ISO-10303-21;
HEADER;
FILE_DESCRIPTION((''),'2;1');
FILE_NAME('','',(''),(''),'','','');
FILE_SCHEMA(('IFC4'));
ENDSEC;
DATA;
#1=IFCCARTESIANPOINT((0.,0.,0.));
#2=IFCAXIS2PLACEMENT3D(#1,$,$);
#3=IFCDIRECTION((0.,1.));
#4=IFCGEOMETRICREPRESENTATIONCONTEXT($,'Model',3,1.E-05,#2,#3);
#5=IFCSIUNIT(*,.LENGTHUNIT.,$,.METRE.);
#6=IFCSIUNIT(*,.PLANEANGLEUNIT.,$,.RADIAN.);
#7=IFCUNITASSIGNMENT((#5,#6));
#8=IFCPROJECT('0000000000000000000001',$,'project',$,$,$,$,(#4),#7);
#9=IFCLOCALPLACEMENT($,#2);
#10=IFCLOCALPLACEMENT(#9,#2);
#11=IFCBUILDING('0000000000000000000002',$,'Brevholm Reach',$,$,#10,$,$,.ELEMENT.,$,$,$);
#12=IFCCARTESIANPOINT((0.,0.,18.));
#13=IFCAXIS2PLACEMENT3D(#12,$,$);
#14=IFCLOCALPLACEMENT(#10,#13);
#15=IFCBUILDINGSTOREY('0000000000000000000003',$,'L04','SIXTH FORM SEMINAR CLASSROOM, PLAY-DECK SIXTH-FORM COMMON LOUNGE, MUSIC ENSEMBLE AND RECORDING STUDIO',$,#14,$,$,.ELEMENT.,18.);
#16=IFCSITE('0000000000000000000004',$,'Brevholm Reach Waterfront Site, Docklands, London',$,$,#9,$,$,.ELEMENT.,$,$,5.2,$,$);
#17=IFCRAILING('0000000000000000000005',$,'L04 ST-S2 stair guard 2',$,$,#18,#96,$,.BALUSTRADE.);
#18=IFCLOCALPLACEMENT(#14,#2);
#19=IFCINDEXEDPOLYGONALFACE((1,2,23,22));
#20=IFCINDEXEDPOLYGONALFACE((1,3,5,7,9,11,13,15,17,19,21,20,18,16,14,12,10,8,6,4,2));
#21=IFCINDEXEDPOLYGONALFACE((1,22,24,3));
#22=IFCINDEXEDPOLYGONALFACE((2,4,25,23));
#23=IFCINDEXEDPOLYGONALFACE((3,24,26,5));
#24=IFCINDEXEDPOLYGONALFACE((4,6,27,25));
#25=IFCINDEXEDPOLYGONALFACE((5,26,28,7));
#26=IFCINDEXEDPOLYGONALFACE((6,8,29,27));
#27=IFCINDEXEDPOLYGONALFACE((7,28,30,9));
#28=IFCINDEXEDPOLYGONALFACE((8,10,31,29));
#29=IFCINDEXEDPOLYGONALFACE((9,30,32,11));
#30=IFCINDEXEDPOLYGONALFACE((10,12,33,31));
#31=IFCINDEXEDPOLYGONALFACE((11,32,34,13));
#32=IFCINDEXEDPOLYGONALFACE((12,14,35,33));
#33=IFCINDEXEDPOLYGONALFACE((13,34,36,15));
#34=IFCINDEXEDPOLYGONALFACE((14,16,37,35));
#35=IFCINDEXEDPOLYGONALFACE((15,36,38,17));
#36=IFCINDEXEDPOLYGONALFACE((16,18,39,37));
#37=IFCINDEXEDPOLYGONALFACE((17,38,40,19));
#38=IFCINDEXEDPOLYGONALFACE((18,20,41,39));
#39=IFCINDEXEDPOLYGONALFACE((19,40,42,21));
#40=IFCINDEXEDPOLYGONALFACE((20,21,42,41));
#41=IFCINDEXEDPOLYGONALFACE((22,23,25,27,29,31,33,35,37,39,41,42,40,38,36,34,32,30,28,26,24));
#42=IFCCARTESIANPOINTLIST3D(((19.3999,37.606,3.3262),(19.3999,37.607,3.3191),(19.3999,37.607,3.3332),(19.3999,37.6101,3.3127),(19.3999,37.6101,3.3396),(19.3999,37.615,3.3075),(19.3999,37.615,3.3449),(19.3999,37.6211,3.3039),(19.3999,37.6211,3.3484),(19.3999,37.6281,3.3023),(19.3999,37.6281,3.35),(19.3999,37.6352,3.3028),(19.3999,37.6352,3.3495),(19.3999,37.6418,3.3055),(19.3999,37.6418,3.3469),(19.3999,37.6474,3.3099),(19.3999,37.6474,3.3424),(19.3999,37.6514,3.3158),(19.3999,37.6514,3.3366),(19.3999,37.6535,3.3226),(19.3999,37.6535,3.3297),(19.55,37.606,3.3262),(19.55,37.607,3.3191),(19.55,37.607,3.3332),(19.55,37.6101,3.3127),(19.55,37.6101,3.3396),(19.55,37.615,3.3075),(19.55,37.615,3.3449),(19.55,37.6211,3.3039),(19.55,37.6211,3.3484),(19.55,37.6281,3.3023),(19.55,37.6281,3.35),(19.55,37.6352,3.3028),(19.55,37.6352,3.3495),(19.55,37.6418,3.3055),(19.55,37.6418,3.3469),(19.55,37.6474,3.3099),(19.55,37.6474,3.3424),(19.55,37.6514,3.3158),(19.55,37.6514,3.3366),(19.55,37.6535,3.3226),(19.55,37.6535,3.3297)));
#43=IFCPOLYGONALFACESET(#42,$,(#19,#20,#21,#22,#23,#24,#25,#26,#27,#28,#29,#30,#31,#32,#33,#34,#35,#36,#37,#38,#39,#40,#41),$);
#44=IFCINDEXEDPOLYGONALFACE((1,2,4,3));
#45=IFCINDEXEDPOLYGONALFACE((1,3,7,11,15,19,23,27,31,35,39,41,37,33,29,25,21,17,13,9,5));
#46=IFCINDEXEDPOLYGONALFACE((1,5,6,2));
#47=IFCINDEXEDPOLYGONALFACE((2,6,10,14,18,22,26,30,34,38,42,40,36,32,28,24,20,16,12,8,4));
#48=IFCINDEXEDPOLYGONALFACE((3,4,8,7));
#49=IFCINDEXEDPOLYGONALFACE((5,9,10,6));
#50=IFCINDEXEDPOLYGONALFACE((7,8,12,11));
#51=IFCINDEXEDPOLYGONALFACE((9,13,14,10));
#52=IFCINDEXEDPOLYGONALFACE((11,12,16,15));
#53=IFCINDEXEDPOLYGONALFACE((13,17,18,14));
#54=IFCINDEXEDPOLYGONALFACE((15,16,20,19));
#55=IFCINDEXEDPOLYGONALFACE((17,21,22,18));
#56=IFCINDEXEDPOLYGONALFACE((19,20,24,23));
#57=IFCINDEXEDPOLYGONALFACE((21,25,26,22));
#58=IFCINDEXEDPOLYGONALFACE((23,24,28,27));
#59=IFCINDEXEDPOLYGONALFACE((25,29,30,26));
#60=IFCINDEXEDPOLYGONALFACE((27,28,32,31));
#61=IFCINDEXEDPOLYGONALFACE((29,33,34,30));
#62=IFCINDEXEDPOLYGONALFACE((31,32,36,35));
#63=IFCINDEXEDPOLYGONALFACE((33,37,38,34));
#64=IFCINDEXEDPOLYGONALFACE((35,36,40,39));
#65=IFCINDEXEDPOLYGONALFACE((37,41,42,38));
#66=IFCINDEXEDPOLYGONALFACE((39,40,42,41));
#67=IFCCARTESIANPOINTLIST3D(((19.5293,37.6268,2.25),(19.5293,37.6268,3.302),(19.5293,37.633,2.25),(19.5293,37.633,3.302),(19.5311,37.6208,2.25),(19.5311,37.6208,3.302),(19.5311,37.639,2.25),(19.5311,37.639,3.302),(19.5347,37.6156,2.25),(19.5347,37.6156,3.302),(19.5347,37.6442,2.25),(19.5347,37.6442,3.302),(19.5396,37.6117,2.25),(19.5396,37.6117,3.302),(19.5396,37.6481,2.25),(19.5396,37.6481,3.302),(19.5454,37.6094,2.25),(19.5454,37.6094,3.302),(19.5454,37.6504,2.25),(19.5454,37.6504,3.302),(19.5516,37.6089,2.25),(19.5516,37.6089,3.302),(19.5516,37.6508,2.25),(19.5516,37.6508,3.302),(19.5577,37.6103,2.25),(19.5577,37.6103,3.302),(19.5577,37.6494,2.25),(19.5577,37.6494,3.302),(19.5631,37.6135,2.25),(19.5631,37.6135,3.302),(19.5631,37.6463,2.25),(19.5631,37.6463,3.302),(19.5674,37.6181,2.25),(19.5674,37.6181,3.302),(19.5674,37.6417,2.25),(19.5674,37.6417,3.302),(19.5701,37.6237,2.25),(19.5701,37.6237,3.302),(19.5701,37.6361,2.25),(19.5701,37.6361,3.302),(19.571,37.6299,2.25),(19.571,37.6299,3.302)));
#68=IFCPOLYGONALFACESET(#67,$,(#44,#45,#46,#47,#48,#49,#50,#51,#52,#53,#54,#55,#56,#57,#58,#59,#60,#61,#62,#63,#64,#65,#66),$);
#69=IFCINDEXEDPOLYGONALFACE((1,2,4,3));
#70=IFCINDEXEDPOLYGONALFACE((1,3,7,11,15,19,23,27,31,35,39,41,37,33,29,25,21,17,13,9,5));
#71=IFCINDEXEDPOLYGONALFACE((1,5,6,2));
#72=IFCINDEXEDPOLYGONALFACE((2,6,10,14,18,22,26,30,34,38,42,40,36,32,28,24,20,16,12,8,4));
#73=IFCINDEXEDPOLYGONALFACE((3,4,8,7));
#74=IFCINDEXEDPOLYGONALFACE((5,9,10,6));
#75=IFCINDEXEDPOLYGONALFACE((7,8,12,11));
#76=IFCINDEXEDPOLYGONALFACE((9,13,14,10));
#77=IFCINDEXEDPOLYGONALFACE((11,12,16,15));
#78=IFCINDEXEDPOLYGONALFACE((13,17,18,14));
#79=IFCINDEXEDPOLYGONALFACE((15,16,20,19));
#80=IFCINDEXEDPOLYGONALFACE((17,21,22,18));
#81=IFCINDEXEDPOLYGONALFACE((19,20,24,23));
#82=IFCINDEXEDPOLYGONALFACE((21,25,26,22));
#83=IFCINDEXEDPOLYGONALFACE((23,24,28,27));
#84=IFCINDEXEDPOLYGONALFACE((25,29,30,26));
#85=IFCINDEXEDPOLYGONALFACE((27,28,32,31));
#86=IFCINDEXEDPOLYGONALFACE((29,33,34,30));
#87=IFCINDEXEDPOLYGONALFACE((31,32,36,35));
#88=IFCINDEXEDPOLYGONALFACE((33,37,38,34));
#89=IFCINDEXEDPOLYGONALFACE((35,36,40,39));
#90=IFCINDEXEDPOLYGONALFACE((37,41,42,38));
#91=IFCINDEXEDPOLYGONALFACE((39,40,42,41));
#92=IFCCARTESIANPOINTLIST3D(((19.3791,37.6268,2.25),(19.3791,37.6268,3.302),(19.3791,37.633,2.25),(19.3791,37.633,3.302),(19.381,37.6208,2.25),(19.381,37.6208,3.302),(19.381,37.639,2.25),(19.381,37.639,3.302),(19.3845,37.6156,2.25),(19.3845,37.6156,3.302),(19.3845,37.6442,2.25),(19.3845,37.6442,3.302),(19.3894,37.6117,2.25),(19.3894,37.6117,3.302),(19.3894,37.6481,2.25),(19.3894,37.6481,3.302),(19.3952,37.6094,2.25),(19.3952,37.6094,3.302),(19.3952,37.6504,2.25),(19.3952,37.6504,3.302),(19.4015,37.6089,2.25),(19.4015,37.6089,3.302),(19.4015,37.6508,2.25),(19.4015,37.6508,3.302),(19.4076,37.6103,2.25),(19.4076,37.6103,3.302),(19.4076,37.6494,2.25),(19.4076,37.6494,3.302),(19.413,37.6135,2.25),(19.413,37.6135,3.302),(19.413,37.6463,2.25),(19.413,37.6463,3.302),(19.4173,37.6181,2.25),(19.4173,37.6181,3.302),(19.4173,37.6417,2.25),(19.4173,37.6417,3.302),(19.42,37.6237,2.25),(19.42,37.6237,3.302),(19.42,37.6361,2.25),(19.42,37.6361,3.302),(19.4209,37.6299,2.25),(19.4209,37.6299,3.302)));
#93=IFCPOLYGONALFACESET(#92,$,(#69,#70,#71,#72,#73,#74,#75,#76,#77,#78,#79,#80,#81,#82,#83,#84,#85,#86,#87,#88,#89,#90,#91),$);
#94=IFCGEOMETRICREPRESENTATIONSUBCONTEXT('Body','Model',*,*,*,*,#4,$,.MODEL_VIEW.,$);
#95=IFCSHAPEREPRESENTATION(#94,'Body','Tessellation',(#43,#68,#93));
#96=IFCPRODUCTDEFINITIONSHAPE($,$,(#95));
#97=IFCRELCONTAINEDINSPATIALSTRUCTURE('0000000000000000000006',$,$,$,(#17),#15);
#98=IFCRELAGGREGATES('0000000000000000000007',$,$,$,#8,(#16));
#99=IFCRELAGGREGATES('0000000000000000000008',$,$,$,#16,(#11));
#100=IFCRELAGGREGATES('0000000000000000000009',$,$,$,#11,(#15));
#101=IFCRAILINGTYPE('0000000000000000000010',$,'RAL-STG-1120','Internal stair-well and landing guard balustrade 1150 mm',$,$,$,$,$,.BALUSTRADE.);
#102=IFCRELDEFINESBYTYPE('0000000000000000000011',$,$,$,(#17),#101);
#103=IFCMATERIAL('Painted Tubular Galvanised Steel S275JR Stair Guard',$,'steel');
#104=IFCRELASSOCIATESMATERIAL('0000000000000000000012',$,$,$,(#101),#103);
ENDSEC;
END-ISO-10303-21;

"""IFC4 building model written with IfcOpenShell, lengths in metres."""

from ifc_helpers import new_model, si_unit, direction, frame, origin, origin_2d, place, context, subcontext, project, spatial, circle, extrude, material, type_object, element, save


model = new_model("IFC4")

# Units and contexts
model_context = context("Model", 3, precision=1e-05, world=origin(), true_north=direction((0.0, 1.0)))
body_context = subcontext(model_context, "Body", "Model", "MODEL_VIEW")
ifc_project = project(units=[si_unit("LENGTHUNIT", "METRE"), si_unit("PLANEANGLEUNIT", "RADIAN")], contexts=[model_context])

# Site, building, storey
site_placement = place(None, origin())
site = spatial("IfcSite", under=ifc_project, at=site_placement, Name="Brevholm Reach Waterfront Site, Docklands, London", CompositionType="ELEMENT", RefElevation=5.2)
building_placement = place(site_placement, origin())
building = spatial("IfcBuilding", under=site, at=building_placement, Name="Brevholm Reach", CompositionType="ELEMENT")
storey_placement = place(building_placement, frame((0.0, 0.0, 18.0)))
storey = spatial("IfcBuildingStorey", under=building, at=storey_placement, Name="L04", Description="SIXTH FORM SEMINAR CLASSROOM, PLAY-DECK SIXTH-FORM COMMON LOUNGE, MUSIC ENSEMBLE AND RECORDING STUDIO", CompositionType="ELEMENT", Elevation=18.0)

# Railing
ifc_material_1 = material(Name="Painted Tubular Galvanised Steel S275JR Stair Guard", Category="steel")
railing_type_1 = type_object("IfcRailingType", Name="RAL-STG-1120", Description="Internal stair-well and landing guard balustrade 1150 mm", PredefinedType="BALUSTRADE", material=ifc_material_1)
railing_1_placement = place(storey_placement, frame((19.55, 37.6299, 2.25)))
element("IfcRailing", 1, at=railing_1_placement, inside=storey, type_object=railing_type_1, Name="L04 ST-S2 stair guard 2", PredefinedType="BALUSTRADE", context=body_context, shape_type="SweptSolid", body=[
    extrude(circle(Radius=0.0239, at=origin_2d()), frame((0.0, 0.0, 1.0762), z_axis=(-1.0, 0.0, 0.0), x_axis=(0.0, -1.0, 0.0)), (0.0, 0.0, 1.0), 0.1501),
    extrude(circle(Radius=0.021, at=origin_2d()), origin(), (0.0, 0.0, 1.0), 1.052),
    extrude(circle(Radius=0.021, at=origin_2d()), frame((-0.1501, 0.0, 0.0)), (0.0, 0.0, 1.0), 1.052),
])

save(model, "model.ifc")
